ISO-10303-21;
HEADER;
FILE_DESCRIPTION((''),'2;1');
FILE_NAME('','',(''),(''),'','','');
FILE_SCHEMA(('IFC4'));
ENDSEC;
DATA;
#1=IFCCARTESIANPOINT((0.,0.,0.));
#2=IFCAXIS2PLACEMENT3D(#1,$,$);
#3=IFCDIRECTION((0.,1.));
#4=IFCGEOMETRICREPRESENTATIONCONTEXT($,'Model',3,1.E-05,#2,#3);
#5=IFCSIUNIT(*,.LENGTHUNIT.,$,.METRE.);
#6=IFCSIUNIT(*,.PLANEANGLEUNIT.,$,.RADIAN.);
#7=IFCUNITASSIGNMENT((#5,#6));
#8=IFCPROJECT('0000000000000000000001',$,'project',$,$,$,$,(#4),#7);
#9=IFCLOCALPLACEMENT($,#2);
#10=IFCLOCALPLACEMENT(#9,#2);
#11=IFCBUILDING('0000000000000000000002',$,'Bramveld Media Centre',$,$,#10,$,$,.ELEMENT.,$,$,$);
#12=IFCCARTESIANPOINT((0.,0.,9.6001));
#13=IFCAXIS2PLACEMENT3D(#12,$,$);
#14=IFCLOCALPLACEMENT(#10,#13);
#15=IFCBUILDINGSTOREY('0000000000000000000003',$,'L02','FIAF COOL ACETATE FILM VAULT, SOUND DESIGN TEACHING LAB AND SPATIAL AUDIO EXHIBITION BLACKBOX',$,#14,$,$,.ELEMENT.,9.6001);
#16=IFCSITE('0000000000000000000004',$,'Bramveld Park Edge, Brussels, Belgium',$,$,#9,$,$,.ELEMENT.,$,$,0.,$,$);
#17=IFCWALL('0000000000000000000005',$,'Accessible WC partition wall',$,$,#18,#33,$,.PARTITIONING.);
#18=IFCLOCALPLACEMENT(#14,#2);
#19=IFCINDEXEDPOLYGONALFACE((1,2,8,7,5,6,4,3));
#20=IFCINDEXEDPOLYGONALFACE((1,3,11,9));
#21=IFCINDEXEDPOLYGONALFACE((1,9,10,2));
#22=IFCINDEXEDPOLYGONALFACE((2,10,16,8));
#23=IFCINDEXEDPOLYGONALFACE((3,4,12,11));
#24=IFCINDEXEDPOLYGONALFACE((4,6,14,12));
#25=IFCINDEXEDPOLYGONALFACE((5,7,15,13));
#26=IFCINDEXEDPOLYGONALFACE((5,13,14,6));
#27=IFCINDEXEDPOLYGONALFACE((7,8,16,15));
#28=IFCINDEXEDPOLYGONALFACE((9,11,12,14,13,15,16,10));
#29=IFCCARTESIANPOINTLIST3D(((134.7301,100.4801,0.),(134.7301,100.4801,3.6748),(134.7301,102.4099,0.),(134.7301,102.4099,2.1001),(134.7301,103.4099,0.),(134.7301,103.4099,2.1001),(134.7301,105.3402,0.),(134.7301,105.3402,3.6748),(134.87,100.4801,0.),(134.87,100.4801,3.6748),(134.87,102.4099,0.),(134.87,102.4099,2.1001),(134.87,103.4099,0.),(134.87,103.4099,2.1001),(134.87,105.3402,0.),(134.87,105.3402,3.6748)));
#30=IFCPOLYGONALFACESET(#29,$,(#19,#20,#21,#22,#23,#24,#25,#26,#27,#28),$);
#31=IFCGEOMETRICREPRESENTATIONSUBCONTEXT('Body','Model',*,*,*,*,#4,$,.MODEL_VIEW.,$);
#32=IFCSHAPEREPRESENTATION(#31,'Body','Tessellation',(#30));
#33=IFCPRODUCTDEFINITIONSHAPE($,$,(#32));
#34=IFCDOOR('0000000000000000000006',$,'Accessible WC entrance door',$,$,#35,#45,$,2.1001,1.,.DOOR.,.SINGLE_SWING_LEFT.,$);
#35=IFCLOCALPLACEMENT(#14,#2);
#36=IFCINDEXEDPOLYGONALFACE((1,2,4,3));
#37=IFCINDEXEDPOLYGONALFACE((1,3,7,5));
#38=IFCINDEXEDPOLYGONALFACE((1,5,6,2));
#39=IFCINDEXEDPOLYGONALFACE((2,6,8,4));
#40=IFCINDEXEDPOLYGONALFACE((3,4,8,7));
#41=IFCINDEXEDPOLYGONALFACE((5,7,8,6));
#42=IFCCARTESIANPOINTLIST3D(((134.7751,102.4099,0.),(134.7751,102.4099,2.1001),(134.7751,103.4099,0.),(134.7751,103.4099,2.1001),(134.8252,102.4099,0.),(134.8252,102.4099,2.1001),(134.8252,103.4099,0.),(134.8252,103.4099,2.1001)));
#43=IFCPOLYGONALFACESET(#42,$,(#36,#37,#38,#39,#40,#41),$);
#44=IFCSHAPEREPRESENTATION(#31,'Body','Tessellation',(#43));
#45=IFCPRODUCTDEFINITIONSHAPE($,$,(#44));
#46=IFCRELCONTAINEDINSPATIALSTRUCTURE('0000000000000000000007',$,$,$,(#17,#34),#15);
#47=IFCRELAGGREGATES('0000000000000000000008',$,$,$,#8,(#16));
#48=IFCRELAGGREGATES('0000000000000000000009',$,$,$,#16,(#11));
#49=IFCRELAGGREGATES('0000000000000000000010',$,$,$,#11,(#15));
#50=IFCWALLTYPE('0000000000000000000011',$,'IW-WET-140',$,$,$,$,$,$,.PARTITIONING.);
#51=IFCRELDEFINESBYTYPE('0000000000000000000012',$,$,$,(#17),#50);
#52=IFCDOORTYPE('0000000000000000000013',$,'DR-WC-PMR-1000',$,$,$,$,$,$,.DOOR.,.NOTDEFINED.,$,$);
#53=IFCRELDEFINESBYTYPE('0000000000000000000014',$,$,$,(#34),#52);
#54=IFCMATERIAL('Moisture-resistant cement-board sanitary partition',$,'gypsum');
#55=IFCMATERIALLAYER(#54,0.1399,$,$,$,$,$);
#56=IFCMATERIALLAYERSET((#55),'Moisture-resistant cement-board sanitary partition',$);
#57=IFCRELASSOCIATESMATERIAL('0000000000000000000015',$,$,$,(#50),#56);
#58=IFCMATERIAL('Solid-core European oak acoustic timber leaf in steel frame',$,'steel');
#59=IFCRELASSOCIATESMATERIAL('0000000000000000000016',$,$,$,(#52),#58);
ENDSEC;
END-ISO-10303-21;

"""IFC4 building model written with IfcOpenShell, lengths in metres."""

from ifc_helpers import new_model, si_unit, direction, frame, frame_2d, origin, place, context, subcontext, project, spatial, rectangle, extrude, material, layer, layer_set, type_object, element, fill, save


model = new_model("IFC4")

# Units and contexts
model_context = context("Model", 3, precision=1e-05, world=origin(), true_north=direction((0.0, 1.0)))
body_context = subcontext(model_context, "Body", "Model", "MODEL_VIEW")
ifc_project = project(units=[si_unit("LENGTHUNIT", "METRE"), si_unit("PLANEANGLEUNIT", "RADIAN")], contexts=[model_context])

# Site, building, storey
site_placement = place(None, origin())
site = spatial("IfcSite", under=ifc_project, at=site_placement, Name="Bramveld Park Edge, Brussels, Belgium", CompositionType="ELEMENT", RefElevation=0.0)
building_placement = place(site_placement, origin())
building = spatial("IfcBuilding", under=site, at=building_placement, Name="Bramveld Media Centre", CompositionType="ELEMENT")
storey_placement = place(building_placement, frame((0.0, 0.0, 9.6001)))
storey = spatial("IfcBuildingStorey", under=building, at=storey_placement, Name="L02", Description="FIAF COOL ACETATE FILM VAULT, SOUND DESIGN TEACHING LAB AND SPATIAL AUDIO EXHIBITION BLACKBOX", CompositionType="ELEMENT", Elevation=9.6001)

# Shared definitions
ifc_material_1 = material(Name="Moisture-resistant cement-board sanitary partition", Category="gypsum")
ifc_layer_1 = layer(ifc_material_1, 0.1399)
ifc_layer_set_1 = layer_set([ifc_layer_1], Name="Moisture-resistant cement-board sanitary partition")
wall_type_1 = type_object("IfcWallType", Name="IW-WET-140", PredefinedType="PARTITIONING", material=ifc_layer_set_1)

# Wall, opening, door
wall_1_placement = place(storey_placement, frame((134.8, 100.48, 0.0), z_axis=(0.0, 0.0, 1.0), x_axis=(0.0, 1.0, 0.0)))
wall_1 = element("IfcWall", 1, at=wall_1_placement, inside=storey, type_object=wall_type_1, Name="Accessible WC partition wall", PredefinedType="PARTITIONING", context=body_context, shape_type="SweptSolid", body=[
    extrude(rectangle(XDim=4.8601, YDim=0.1399, at=frame_2d((2.4302, 0.0))), origin(), (0.0, 0.0, 1.0), 3.6748),
])
opening_1_placement = place(wall_1_placement, frame((1.9299, 0.0, 0.0)))
opening_1 = element("IfcOpeningElement", 2, at=opening_1_placement, cuts=wall_1, PredefinedType="OPENING", context=body_context, shape_type="SweptSolid", body=[
    extrude(rectangle(XDim=1.0, YDim=2.1001, at=frame_2d((0.5, 1.05))), frame((0.0, 0.082, 0.0), z_axis=(0.0, -1.0, 0.0), x_axis=(1.0, 0.0, 0.0)), (0.0, 0.0, 1.0), 0.1638),
])
ifc_material_2 = material(Name="Solid-core European oak acoustic timber leaf in steel frame", Category="steel")
door_type_1 = type_object("IfcDoorType", Name="DR-WC-PMR-1000", OperationType="NOTDEFINED", PredefinedType="DOOR", material=ifc_material_2)
door_1_placement = place(opening_1_placement, origin())
door_1 = element("IfcDoor", 3, at=door_1_placement, inside=storey, type_object=door_type_1, Name="Accessible WC entrance door", OperationType="SINGLE_SWING_LEFT", OverallHeight=2.1001, OverallWidth=1.0, PredefinedType="DOOR", context=body_context, shape_type="SweptSolid", body=[
    extrude(rectangle(XDim=1.0, YDim=2.1001, at=frame_2d((0.5, 1.05))), frame((0.0, 0.0249, 0.0), z_axis=(0.0, -1.0, 0.0), x_axis=(1.0, 0.0, 0.0)), (0.0, 0.0, 1.0), 0.05),
])
fill(opening_1, door_1)

save(model, "model.ifc")
